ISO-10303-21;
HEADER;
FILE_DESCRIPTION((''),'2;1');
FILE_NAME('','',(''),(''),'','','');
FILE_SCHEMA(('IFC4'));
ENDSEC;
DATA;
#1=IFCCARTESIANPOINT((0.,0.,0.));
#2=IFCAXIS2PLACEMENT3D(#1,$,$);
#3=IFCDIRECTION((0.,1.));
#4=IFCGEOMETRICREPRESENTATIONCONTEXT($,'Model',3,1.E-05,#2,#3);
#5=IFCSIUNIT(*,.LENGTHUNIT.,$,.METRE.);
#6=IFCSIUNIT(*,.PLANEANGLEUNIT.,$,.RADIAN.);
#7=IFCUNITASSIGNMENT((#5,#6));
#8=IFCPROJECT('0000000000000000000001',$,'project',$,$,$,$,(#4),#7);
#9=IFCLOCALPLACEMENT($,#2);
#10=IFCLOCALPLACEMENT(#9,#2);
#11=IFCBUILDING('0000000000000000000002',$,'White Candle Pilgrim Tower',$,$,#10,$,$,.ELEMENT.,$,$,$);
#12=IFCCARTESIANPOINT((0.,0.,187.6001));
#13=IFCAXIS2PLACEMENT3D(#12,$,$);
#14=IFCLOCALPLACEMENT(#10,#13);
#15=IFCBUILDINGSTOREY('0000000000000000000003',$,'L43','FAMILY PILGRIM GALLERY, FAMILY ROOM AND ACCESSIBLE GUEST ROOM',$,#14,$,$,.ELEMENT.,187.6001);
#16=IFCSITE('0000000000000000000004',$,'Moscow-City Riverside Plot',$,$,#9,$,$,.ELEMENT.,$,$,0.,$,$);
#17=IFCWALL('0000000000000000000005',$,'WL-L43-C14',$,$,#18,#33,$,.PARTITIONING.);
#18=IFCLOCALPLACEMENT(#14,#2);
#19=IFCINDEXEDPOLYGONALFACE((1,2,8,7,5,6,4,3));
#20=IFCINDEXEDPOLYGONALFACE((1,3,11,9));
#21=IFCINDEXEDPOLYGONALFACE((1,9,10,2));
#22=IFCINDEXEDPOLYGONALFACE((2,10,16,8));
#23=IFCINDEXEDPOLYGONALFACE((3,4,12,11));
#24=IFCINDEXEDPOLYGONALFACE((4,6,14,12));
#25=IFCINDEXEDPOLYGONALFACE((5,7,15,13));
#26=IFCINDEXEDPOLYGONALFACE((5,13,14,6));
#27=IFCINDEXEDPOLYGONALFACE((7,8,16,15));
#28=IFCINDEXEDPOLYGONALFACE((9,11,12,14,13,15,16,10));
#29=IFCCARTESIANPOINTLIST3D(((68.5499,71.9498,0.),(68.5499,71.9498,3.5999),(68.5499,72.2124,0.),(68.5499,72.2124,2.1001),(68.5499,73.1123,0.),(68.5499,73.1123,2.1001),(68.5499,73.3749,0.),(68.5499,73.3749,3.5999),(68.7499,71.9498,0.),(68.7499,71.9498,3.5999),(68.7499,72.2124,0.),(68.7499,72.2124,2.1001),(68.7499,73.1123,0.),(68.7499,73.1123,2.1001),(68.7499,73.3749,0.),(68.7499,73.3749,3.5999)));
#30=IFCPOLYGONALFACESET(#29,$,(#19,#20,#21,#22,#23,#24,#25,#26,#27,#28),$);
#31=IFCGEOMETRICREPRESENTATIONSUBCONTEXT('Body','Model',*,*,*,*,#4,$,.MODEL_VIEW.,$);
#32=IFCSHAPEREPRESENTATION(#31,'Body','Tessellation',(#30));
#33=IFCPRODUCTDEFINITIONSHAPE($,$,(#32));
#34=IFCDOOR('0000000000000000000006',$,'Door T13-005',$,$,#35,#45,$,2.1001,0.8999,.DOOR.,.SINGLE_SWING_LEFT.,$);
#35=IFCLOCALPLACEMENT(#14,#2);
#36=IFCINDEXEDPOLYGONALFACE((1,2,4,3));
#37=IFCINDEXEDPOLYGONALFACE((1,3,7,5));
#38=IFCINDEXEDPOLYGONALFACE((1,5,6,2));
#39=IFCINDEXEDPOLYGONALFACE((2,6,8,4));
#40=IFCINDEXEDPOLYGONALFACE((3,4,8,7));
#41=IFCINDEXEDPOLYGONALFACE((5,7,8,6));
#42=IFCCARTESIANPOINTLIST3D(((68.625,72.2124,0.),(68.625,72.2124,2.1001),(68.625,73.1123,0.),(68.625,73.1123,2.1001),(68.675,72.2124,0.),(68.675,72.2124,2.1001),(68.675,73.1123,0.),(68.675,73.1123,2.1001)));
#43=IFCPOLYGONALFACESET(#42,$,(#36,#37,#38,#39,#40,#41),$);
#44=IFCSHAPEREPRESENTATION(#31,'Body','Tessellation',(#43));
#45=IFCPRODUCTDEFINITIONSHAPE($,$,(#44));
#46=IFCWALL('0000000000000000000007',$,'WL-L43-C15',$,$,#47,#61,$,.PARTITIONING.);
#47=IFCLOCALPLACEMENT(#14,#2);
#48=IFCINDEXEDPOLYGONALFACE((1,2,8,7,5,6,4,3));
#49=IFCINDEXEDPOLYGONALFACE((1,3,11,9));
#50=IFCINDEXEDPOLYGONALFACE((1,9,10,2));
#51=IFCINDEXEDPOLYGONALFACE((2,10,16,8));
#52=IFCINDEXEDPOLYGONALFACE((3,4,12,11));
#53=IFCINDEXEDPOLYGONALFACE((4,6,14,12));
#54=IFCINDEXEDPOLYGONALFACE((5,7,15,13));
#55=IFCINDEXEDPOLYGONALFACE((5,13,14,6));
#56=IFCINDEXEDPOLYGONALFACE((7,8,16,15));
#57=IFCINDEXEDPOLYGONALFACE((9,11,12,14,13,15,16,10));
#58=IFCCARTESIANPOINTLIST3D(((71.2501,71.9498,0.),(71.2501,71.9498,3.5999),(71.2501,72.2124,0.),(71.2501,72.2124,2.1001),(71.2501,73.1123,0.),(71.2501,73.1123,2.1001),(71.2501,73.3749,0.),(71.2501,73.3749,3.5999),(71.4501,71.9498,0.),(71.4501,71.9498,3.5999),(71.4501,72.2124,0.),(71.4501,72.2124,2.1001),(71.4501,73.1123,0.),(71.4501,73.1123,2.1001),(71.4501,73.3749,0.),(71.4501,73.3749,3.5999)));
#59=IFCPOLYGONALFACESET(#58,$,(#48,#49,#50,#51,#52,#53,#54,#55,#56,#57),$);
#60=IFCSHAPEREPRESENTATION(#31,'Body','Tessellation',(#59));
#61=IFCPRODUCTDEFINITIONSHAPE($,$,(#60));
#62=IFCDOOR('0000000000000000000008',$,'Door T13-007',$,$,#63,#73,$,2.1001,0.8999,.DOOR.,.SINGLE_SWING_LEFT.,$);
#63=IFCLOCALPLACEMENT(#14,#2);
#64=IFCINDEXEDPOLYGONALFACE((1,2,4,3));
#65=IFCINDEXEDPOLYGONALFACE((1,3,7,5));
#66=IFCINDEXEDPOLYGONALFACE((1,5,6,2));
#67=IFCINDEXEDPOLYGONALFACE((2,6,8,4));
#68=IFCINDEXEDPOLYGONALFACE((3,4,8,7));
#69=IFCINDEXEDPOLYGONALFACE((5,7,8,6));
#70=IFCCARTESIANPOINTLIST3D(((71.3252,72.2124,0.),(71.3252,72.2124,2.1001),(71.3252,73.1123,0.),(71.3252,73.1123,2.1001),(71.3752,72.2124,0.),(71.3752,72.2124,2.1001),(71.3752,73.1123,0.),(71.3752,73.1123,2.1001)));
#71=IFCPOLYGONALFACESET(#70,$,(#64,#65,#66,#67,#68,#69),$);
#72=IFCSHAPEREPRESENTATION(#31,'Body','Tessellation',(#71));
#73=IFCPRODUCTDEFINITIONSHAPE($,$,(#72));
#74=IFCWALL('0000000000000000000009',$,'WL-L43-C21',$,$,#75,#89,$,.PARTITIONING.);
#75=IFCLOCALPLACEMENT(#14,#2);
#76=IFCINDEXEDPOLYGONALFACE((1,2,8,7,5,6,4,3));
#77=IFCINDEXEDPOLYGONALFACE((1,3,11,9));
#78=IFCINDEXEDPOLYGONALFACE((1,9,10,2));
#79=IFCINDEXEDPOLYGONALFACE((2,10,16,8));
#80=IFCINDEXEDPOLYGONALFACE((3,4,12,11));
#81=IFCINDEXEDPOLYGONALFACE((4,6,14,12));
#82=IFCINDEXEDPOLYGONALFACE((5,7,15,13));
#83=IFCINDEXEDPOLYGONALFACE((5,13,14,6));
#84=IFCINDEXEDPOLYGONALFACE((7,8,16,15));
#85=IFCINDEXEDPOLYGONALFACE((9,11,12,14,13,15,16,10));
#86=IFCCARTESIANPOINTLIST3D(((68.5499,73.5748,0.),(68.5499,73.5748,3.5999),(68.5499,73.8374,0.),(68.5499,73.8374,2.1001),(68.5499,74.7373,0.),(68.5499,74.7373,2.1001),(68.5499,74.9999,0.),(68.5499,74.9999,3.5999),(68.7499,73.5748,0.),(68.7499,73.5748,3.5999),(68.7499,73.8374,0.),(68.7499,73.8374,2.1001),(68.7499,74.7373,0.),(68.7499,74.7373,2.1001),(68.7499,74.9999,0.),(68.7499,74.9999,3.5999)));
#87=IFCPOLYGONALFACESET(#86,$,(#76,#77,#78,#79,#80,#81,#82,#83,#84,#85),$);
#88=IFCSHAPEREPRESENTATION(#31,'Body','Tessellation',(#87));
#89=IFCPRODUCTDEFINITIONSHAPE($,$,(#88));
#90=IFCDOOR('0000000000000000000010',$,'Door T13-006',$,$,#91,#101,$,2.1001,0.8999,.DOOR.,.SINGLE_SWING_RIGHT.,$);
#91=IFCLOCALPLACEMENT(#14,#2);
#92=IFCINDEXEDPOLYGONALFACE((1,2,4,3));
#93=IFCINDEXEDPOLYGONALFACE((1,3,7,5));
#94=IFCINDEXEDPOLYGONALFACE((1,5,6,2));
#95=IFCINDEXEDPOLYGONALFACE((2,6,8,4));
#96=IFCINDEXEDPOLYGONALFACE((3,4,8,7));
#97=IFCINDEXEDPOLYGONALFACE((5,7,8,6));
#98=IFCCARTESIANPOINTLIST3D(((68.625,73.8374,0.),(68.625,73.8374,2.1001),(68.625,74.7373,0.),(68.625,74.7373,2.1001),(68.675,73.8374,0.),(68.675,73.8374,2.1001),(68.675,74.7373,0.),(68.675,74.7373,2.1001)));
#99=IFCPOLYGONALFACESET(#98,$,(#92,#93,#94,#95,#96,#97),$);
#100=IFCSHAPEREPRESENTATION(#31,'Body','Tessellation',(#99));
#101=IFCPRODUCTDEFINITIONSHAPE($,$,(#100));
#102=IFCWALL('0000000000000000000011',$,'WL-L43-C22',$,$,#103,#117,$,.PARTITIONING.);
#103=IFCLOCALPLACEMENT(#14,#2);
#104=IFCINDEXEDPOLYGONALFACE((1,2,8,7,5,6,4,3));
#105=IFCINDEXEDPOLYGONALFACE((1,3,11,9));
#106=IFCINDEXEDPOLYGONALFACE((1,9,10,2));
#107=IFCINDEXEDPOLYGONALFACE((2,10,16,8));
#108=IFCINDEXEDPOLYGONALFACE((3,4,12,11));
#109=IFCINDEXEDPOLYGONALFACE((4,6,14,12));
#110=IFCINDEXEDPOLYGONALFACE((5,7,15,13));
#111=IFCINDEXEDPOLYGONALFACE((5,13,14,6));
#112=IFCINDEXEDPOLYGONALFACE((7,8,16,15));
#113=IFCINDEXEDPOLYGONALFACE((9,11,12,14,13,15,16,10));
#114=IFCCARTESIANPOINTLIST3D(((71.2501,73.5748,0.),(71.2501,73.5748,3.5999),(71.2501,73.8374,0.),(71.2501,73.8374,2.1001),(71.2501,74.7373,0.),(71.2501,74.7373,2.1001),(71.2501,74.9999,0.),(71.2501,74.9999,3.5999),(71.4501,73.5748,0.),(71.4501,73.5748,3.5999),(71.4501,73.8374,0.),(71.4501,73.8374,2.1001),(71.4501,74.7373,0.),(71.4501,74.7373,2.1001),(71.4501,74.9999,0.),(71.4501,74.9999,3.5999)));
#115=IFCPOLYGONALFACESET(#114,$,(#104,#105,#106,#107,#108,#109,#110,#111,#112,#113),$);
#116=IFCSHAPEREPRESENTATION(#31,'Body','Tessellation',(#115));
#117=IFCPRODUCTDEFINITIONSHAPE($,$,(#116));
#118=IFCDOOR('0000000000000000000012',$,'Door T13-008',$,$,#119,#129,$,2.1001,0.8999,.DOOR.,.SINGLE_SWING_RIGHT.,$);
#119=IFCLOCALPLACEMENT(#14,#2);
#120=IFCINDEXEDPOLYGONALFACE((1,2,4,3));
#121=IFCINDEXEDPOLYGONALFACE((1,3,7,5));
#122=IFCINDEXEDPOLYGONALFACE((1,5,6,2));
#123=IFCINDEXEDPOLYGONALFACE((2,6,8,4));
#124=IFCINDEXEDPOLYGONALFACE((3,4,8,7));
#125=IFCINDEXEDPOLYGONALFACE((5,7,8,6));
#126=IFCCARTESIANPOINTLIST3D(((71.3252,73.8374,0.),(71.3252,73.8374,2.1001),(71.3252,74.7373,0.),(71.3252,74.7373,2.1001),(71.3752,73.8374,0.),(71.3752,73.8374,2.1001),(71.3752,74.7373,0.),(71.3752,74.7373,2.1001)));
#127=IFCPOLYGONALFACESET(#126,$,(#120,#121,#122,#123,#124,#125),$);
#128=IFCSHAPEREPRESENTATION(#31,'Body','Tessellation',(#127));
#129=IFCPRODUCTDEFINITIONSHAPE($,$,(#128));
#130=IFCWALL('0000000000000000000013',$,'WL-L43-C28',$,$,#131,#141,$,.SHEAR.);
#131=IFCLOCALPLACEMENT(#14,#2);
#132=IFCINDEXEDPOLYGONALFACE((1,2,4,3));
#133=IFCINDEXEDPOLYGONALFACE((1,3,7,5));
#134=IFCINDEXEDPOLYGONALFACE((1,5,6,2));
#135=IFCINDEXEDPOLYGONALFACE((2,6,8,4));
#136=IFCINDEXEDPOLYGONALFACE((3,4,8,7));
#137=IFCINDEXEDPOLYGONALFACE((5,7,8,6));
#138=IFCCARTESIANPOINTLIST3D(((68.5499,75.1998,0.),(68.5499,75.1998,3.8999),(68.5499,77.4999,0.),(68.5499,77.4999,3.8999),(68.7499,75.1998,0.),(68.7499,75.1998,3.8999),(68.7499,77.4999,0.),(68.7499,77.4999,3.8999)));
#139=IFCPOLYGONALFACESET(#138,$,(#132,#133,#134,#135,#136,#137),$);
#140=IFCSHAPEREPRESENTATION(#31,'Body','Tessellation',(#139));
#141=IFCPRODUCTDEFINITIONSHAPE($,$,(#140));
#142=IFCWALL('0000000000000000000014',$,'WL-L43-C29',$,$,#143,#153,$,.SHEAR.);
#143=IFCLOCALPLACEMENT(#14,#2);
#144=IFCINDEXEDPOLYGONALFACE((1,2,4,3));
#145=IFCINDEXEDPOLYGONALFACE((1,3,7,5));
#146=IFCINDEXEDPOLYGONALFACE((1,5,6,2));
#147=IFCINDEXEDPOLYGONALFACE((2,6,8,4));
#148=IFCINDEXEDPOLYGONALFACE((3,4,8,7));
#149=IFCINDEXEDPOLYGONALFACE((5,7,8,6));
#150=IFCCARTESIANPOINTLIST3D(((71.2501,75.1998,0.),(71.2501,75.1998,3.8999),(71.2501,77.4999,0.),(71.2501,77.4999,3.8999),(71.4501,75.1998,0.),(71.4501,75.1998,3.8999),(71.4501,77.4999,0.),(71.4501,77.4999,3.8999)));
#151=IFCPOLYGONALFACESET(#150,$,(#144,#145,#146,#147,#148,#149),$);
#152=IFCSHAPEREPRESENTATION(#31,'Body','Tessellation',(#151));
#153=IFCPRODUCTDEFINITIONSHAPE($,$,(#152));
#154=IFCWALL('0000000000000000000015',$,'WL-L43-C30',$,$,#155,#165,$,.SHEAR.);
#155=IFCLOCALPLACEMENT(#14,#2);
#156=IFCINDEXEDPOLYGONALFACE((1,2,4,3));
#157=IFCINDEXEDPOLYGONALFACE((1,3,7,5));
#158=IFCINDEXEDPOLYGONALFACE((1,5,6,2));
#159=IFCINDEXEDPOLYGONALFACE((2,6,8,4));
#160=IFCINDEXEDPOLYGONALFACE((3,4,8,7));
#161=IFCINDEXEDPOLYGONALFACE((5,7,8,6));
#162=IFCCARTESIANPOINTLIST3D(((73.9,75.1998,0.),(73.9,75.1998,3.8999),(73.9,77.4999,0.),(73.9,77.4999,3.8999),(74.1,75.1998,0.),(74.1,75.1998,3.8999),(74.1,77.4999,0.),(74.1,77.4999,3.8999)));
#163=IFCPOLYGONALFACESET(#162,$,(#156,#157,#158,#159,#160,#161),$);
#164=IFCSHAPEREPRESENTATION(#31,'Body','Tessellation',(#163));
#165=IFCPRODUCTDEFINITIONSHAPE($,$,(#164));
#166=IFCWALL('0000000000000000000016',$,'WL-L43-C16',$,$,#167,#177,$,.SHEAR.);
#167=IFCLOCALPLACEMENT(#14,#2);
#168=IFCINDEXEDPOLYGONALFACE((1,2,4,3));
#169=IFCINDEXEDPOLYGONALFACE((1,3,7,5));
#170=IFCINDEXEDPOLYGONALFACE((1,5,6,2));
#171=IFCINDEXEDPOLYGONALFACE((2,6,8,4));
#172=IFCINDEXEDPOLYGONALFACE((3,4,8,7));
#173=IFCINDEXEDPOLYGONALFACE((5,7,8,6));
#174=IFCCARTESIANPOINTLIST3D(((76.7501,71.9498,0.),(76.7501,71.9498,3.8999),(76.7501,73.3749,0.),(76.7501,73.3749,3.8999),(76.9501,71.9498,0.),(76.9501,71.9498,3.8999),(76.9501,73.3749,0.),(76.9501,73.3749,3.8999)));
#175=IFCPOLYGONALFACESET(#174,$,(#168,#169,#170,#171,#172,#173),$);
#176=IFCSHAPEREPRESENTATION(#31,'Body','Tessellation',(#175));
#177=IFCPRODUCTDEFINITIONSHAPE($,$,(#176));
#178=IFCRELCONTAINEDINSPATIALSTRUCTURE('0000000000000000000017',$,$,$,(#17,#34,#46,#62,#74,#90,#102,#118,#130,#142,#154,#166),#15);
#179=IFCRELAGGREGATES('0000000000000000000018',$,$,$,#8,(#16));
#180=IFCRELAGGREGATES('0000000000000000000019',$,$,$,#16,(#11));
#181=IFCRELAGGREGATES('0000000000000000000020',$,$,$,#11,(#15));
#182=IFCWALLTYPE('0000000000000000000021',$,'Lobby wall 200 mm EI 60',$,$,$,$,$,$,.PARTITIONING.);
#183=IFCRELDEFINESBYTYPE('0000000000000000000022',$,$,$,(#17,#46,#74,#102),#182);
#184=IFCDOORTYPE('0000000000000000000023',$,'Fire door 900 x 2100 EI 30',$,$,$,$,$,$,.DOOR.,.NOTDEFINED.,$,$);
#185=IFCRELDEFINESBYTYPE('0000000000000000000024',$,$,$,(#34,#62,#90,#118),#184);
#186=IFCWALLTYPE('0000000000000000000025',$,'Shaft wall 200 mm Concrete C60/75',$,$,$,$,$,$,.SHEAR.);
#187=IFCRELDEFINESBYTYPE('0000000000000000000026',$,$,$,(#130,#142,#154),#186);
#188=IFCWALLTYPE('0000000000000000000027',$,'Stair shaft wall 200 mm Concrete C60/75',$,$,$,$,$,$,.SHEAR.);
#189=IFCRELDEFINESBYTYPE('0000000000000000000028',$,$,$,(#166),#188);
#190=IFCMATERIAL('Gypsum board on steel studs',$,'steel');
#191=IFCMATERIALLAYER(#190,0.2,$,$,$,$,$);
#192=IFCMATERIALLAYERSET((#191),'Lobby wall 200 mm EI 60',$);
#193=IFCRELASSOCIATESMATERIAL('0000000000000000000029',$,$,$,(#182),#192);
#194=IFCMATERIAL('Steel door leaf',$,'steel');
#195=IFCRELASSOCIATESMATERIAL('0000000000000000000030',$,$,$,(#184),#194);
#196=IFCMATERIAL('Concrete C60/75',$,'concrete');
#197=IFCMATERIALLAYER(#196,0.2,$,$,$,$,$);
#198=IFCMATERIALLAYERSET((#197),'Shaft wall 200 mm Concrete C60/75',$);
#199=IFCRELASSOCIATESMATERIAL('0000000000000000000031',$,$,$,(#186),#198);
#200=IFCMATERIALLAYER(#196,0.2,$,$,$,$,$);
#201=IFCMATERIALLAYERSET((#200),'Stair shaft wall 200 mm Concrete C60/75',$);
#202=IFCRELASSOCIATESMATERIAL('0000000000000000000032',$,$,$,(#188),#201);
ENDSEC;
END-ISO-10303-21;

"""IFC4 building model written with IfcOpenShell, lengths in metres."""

from ifc_helpers import new_model, si_unit, direction, frame, frame_2d, origin, place, context, subcontext, project, spatial, rectangle, extrude, material, layer, layer_set, type_object, element, fill, save


model = new_model("IFC4")

# Units and contexts
model_context = context("Model", 3, precision=1e-05, world=origin(), true_north=direction((0.0, 1.0)))
body_context = subcontext(model_context, "Body", "Model", "MODEL_VIEW")
ifc_project = project(units=[si_unit("LENGTHUNIT", "METRE"), si_unit("PLANEANGLEUNIT", "RADIAN")], contexts=[model_context])

# Site, building, storey
site_placement = place(None, origin())
site = spatial("IfcSite", under=ifc_project, at=site_placement, Name="Moscow-City Riverside Plot", CompositionType="ELEMENT", RefElevation=0.0)
building_placement = place(site_placement, origin())
building = spatial("IfcBuilding", under=site, at=building_placement, Name="White Candle Pilgrim Tower", CompositionType="ELEMENT")
storey_placement = place(building_placement, frame((0.0, 0.0, 187.6001)))
storey = spatial("IfcBuildingStorey", under=building, at=storey_placement, Name="L43", Description="FAMILY PILGRIM GALLERY, FAMILY ROOM AND ACCESSIBLE GUEST ROOM", CompositionType="ELEMENT", Elevation=187.6001)

# Walls, openings, doors
ifc_material_1 = material(Name="Gypsum board on steel studs", Category="steel")
ifc_layer_1 = layer(ifc_material_1, 0.2)
ifc_layer_set_1 = layer_set([ifc_layer_1], Name="Lobby wall 200 mm EI 60")
wall_type_1 = type_object("IfcWallType", Name="Lobby wall 200 mm EI 60", PredefinedType="PARTITIONING", material=ifc_layer_set_1)
wall_1_placement = place(storey_placement, frame((68.6499, 71.95, 0.0), z_axis=(0.0, 0.0, 1.0), x_axis=(0.0, 1.0, 0.0)))
wall_1 = element("IfcWall", 1, at=wall_1_placement, inside=storey, type_object=wall_type_1, Name="WL-L43-C14", PredefinedType="PARTITIONING", context=body_context, shape_type="SweptSolid", body=[
    extrude(rectangle(XDim=1.425, YDim=0.2, at=frame_2d((0.7124, 0.0))), origin(), (0.0, 0.0, 1.0), 3.5999),
])
opening_1_placement = place(wall_1_placement, frame((0.2625, 0.0, 0.0)))
opening_1 = element("IfcOpeningElement", 2, at=opening_1_placement, cuts=wall_1, PredefinedType="OPENING", context=body_context, shape_type="SweptSolid", body=[
    extrude(rectangle(XDim=0.8999, YDim=2.1001, at=frame_2d((0.45, 1.05))), frame((0.0, 0.1099, 0.0), z_axis=(0.0, -1.0, 0.0), x_axis=(1.0, 0.0, 0.0)), (0.0, 0.0, 1.0), 0.22),
])
ifc_material_2 = material(Name="Steel door leaf", Category="steel")
door_type_1 = type_object("IfcDoorType", Name="Fire door 900 x 2100 EI 30", OperationType="NOTDEFINED", PredefinedType="DOOR", material=ifc_material_2)
door_1_placement = place(opening_1_placement, origin())
door_1 = element("IfcDoor", 3, at=door_1_placement, inside=storey, type_object=door_type_1, Name="Door T13-005", OperationType="SINGLE_SWING_LEFT", OverallHeight=2.1001, OverallWidth=0.8999, PredefinedType="DOOR", context=body_context, shape_type="SweptSolid", body=[
    extrude(rectangle(XDim=0.8999, YDim=2.1001, at=frame_2d((0.45, 1.05))), frame((0.0, 0.0249, 0.0), z_axis=(0.0, -1.0, 0.0), x_axis=(1.0, 0.0, 0.0)), (0.0, 0.0, 1.0), 0.05),
])
fill(opening_1, door_1)
wall_2_placement = place(storey_placement, frame((71.3501, 71.95, 0.0), z_axis=(0.0, 0.0, 1.0), x_axis=(0.0, 1.0, 0.0)))
wall_2 = element("IfcWall", 4, at=wall_2_placement, inside=storey, type_object=wall_type_1, Name="WL-L43-C15", PredefinedType="PARTITIONING", context=body_context, shape_type="SweptSolid", body=[
    extrude(rectangle(XDim=1.425, YDim=0.2, at=frame_2d((0.7124, 0.0))), origin(), (0.0, 0.0, 1.0), 3.5999),
])
opening_2_placement = place(wall_2_placement, frame((0.2625, 0.0, 0.0)))
opening_2 = element("IfcOpeningElement", 5, at=opening_2_placement, cuts=wall_2, PredefinedType="OPENING", context=body_context, shape_type="SweptSolid", body=[
    extrude(rectangle(XDim=0.8999, YDim=2.1001, at=frame_2d((0.45, 1.05))), frame((0.0, 0.1099, 0.0), z_axis=(0.0, -1.0, 0.0), x_axis=(1.0, 0.0, 0.0)), (0.0, 0.0, 1.0), 0.22),
])
door_2_placement = place(opening_2_placement, origin())
door_2 = element("IfcDoor", 6, at=door_2_placement, inside=storey, type_object=door_type_1, Name="Door T13-007", OperationType="SINGLE_SWING_LEFT", OverallHeight=2.1001, OverallWidth=0.8999, PredefinedType="DOOR", context=body_context, shape_type="SweptSolid", body=[
    extrude(rectangle(XDim=0.8999, YDim=2.1001, at=frame_2d((0.45, 1.05))), frame((0.0, 0.0249, 0.0), z_axis=(0.0, -1.0, 0.0), x_axis=(1.0, 0.0, 0.0)), (0.0, 0.0, 1.0), 0.05),
])
fill(opening_2, door_2)
wall_3_placement = place(storey_placement, frame((68.6499, 73.575, 0.0), z_axis=(0.0, 0.0, 1.0), x_axis=(0.0, 1.0, 0.0)))
wall_3 = element("IfcWall", 7, at=wall_3_placement, inside=storey, type_object=wall_type_1, Name="WL-L43-C21", PredefinedType="PARTITIONING", context=body_context, shape_type="SweptSolid", body=[
    extrude(rectangle(XDim=1.425, YDim=0.2, at=frame_2d((0.7124, 0.0))), origin(), (0.0, 0.0, 1.0), 3.5999),
])
opening_3_placement = place(wall_3_placement, frame((0.2625, 0.0, 0.0)))
opening_3 = element("IfcOpeningElement", 8, at=opening_3_placement, cuts=wall_3, PredefinedType="OPENING", context=body_context, shape_type="SweptSolid", body=[
    extrude(rectangle(XDim=0.8999, YDim=2.1001, at=frame_2d((0.45, 1.05))), frame((0.0, 0.1099, 0.0), z_axis=(0.0, -1.0, 0.0), x_axis=(1.0, 0.0, 0.0)), (0.0, 0.0, 1.0), 0.22),
])
door_3_placement = place(opening_3_placement, origin())
door_3 = element("IfcDoor", 9, at=door_3_placement, inside=storey, type_object=door_type_1, Name="Door T13-006", OperationType="SINGLE_SWING_RIGHT", OverallHeight=2.1001, OverallWidth=0.8999, PredefinedType="DOOR", context=body_context, shape_type="SweptSolid", body=[
    extrude(rectangle(XDim=0.8999, YDim=2.1001, at=frame_2d((0.45, 1.05))), frame((0.0, 0.0249, 0.0), z_axis=(0.0, -1.0, 0.0), x_axis=(1.0, 0.0, 0.0)), (0.0, 0.0, 1.0), 0.05),
])
fill(opening_3, door_3)
wall_4_placement = place(storey_placement, frame((71.3501, 73.575, 0.0), z_axis=(0.0, 0.0, 1.0), x_axis=(0.0, 1.0, 0.0)))
wall_4 = element("IfcWall", 10, at=wall_4_placement, inside=storey, type_object=wall_type_1, Name="WL-L43-C22", PredefinedType="PARTITIONING", context=body_context, shape_type="SweptSolid", body=[
    extrude(rectangle(XDim=1.425, YDim=0.2, at=frame_2d((0.7124, 0.0))), origin(), (0.0, 0.0, 1.0), 3.5999),
])
opening_4_placement = place(wall_4_placement, frame((0.2625, 0.0, 0.0)))
opening_4 = element("IfcOpeningElement", 11, at=opening_4_placement, cuts=wall_4, PredefinedType="OPENING", context=body_context, shape_type="SweptSolid", body=[
    extrude(rectangle(XDim=0.8999, YDim=2.1001, at=frame_2d((0.45, 1.05))), frame((0.0, 0.1099, 0.0), z_axis=(0.0, -1.0, 0.0), x_axis=(1.0, 0.0, 0.0)), (0.0, 0.0, 1.0), 0.22),
])
door_4_placement = place(opening_4_placement, origin())
door_4 = element("IfcDoor", 12, at=door_4_placement, inside=storey, type_object=door_type_1, Name="Door T13-008", OperationType="SINGLE_SWING_RIGHT", OverallHeight=2.1001, OverallWidth=0.8999, PredefinedType="DOOR", context=body_context, shape_type="SweptSolid", body=[
    extrude(rectangle(XDim=0.8999, YDim=2.1001, at=frame_2d((0.45, 1.05))), frame((0.0, 0.0249, 0.0), z_axis=(0.0, -1.0, 0.0), x_axis=(1.0, 0.0, 0.0)), (0.0, 0.0, 1.0), 0.05),
])
fill(opening_4, door_4)

# Walls
ifc_material_3 = material(Name="Concrete C60/75", Category="concrete")
ifc_layer_2 = layer(ifc_material_3, 0.2)
ifc_layer_set_2 = layer_set([ifc_layer_2], Name="Shaft wall 200 mm Concrete C60/75")
wall_type_2 = type_object("IfcWallType", Name="Shaft wall 200 mm Concrete C60/75", PredefinedType="SHEAR", material=ifc_layer_set_2)
for number, where, z_axis, x_axis, name in (
    (13, (68.6499, 75.2, 0.0), (0.0, 0.0, 1.0), (0.0, 1.0, 0.0), "WL-L43-C28"),
    (14, (71.3501, 75.2, 0.0), (0.0, 0.0, 1.0), (0.0, 1.0, 0.0), "WL-L43-C29"),
    (15, (74.0, 75.2, 0.0), (0.0, 0.0, 1.0), (0.0, 1.0, 0.0), "WL-L43-C30"),
):
    element("IfcWall", number, at=place(storey_placement, frame(where, z_axis=z_axis, x_axis=x_axis)), inside=storey, type_object=wall_type_2, Name=name, PredefinedType="SHEAR", context=body_context, shape_type="SweptSolid", body=[
        extrude(rectangle(XDim=2.3, YDim=0.2, at=frame_2d((1.1499, 0.0))), origin(), (0.0, 0.0, 1.0), 3.8999),
    ])
ifc_layer_3 = layer(ifc_material_3, 0.2)
ifc_layer_set_3 = layer_set([ifc_layer_3], Name="Stair shaft wall 200 mm Concrete C60/75")
wall_type_3 = type_object("IfcWallType", Name="Stair shaft wall 200 mm Concrete C60/75", PredefinedType="SHEAR", material=ifc_layer_set_3)
wall_5_placement = place(storey_placement, frame((76.8501, 71.95, 0.0), z_axis=(0.0, 0.0, 1.0), x_axis=(0.0, 1.0, 0.0)))
element("IfcWall", 16, at=wall_5_placement, inside=storey, type_object=wall_type_3, Name="WL-L43-C16", PredefinedType="SHEAR", context=body_context, shape_type="SweptSolid", body=[
    extrude(rectangle(XDim=1.425, YDim=0.2, at=frame_2d((0.7124, 0.0))), origin(), (0.0, 0.0, 1.0), 3.8999),
])

save(model, "model.ifc")
